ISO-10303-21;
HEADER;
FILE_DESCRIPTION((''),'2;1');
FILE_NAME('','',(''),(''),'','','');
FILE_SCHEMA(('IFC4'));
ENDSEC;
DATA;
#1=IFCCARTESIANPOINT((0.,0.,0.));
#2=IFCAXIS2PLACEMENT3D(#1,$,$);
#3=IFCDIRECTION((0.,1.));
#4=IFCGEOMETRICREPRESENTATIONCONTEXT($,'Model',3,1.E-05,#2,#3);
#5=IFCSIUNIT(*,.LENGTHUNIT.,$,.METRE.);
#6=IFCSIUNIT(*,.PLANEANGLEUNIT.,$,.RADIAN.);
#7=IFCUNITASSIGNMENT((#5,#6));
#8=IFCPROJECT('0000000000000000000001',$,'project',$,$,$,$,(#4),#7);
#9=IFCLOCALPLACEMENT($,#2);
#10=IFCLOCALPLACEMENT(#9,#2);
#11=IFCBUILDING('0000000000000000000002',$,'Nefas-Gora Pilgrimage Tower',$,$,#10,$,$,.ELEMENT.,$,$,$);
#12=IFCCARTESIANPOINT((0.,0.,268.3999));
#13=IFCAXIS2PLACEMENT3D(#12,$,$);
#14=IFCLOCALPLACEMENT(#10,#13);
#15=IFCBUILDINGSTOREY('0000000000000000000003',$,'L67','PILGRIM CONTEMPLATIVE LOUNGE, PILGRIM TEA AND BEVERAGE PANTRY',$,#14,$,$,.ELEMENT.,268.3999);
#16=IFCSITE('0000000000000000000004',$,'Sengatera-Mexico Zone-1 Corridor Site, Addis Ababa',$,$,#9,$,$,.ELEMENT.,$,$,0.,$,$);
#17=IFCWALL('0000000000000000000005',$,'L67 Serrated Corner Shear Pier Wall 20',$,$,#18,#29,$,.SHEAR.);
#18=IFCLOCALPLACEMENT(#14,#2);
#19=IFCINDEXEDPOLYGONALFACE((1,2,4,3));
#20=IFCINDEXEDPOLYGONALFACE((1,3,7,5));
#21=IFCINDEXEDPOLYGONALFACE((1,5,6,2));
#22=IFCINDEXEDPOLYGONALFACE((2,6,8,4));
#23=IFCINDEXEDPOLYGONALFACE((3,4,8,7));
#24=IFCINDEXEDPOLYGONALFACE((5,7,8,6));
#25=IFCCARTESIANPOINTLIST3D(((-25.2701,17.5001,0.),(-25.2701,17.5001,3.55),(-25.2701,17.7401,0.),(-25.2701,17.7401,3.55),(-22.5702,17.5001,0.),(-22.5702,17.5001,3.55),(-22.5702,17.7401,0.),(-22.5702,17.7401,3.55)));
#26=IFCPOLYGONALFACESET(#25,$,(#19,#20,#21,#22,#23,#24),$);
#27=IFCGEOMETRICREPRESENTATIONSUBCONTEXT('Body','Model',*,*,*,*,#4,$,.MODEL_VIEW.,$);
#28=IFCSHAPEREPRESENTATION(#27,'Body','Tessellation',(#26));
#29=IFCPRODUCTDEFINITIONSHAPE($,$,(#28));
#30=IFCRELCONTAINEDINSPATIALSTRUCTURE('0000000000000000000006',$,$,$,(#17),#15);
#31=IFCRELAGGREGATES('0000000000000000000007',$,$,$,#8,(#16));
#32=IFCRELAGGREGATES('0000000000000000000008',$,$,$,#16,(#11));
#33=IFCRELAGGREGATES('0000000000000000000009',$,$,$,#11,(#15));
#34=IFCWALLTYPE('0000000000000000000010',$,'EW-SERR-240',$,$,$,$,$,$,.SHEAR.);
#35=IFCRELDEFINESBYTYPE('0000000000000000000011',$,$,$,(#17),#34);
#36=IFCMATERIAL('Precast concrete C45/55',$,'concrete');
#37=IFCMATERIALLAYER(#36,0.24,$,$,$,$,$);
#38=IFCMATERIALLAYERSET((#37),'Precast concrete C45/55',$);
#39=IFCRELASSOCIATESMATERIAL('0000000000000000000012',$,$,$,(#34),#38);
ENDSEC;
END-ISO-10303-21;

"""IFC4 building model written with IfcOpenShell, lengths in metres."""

from ifc_helpers import new_model, si_unit, direction, frame, frame_2d, origin, place, context, subcontext, project, spatial, rectangle, extrude, source, transform, mapped, material, layer, layer_set, type_object, element, save


model = new_model("IFC4")

# Units and contexts
model_context = context("Model", 3, precision=1e-05, world=origin(), true_north=direction((0.0, 1.0)))
body_context = subcontext(model_context, "Body", "Model", "MODEL_VIEW")
ifc_project = project(units=[si_unit("LENGTHUNIT", "METRE"), si_unit("PLANEANGLEUNIT", "RADIAN")], contexts=[model_context])

# Site, building, storey
site_placement = place(None, origin())
site = spatial("IfcSite", under=ifc_project, at=site_placement, Name="Sengatera-Mexico Zone-1 Corridor Site, Addis Ababa", CompositionType="ELEMENT", RefElevation=0.0)
building_placement = place(site_placement, origin())
building = spatial("IfcBuilding", under=site, at=building_placement, Name="Nefas-Gora Pilgrimage Tower", CompositionType="ELEMENT")
storey_placement = place(building_placement, frame((0.0, 0.0, 268.3999)))
storey = spatial("IfcBuildingStorey", under=building, at=storey_placement, Name="L67", Description="PILGRIM CONTEMPLATIVE LOUNGE, PILGRIM TEA AND BEVERAGE PANTRY", CompositionType="ELEMENT", Elevation=268.3999)

# Shared definitions
ifc_material_1 = material(Name="Precast concrete C45/55", Category="concrete")
ifc_layer_1 = layer(ifc_material_1, 0.24)
ifc_layer_set_1 = layer_set([ifc_layer_1], Name="Precast concrete C45/55")
wall_type_1 = type_object("IfcWallType", Name="EW-SERR-240", PredefinedType="SHEAR", material=ifc_layer_set_1)
shared_shape_1 = source(origin(), body_context, "Body", "SweptSolid", [
    extrude(rectangle(XDim=2.7, YDim=0.24, at=frame_2d((1.3501, 0.0))), origin(), (0.0, 0.0, 1.0), 3.55),
])

# Wall
for number, where, z_axis, x_axis, name in (
    (1, (-22.5701, 17.6201, 0.0), (0.0, 0.0, 1.0), (-1.0, 0.0, 0.0), "L67 Serrated Corner Shear Pier Wall 20"),
):
    element("IfcWall", number, at=place(storey_placement, frame(where, z_axis=z_axis, x_axis=x_axis)), inside=storey, type_object=wall_type_1, Name=name, PredefinedType="SHEAR", context=body_context, shape_type="MappedRepresentation", body=[
        mapped(shared_shape_1, transform((0.0, 0.0, 0.0), x_axis=(1.0, 0.0, 0.0), y_axis=(0.0, 1.0, 0.0), z_axis=(0.0, 0.0, 1.0), scale=1.0)),
    ])

save(model, "model.ifc")
